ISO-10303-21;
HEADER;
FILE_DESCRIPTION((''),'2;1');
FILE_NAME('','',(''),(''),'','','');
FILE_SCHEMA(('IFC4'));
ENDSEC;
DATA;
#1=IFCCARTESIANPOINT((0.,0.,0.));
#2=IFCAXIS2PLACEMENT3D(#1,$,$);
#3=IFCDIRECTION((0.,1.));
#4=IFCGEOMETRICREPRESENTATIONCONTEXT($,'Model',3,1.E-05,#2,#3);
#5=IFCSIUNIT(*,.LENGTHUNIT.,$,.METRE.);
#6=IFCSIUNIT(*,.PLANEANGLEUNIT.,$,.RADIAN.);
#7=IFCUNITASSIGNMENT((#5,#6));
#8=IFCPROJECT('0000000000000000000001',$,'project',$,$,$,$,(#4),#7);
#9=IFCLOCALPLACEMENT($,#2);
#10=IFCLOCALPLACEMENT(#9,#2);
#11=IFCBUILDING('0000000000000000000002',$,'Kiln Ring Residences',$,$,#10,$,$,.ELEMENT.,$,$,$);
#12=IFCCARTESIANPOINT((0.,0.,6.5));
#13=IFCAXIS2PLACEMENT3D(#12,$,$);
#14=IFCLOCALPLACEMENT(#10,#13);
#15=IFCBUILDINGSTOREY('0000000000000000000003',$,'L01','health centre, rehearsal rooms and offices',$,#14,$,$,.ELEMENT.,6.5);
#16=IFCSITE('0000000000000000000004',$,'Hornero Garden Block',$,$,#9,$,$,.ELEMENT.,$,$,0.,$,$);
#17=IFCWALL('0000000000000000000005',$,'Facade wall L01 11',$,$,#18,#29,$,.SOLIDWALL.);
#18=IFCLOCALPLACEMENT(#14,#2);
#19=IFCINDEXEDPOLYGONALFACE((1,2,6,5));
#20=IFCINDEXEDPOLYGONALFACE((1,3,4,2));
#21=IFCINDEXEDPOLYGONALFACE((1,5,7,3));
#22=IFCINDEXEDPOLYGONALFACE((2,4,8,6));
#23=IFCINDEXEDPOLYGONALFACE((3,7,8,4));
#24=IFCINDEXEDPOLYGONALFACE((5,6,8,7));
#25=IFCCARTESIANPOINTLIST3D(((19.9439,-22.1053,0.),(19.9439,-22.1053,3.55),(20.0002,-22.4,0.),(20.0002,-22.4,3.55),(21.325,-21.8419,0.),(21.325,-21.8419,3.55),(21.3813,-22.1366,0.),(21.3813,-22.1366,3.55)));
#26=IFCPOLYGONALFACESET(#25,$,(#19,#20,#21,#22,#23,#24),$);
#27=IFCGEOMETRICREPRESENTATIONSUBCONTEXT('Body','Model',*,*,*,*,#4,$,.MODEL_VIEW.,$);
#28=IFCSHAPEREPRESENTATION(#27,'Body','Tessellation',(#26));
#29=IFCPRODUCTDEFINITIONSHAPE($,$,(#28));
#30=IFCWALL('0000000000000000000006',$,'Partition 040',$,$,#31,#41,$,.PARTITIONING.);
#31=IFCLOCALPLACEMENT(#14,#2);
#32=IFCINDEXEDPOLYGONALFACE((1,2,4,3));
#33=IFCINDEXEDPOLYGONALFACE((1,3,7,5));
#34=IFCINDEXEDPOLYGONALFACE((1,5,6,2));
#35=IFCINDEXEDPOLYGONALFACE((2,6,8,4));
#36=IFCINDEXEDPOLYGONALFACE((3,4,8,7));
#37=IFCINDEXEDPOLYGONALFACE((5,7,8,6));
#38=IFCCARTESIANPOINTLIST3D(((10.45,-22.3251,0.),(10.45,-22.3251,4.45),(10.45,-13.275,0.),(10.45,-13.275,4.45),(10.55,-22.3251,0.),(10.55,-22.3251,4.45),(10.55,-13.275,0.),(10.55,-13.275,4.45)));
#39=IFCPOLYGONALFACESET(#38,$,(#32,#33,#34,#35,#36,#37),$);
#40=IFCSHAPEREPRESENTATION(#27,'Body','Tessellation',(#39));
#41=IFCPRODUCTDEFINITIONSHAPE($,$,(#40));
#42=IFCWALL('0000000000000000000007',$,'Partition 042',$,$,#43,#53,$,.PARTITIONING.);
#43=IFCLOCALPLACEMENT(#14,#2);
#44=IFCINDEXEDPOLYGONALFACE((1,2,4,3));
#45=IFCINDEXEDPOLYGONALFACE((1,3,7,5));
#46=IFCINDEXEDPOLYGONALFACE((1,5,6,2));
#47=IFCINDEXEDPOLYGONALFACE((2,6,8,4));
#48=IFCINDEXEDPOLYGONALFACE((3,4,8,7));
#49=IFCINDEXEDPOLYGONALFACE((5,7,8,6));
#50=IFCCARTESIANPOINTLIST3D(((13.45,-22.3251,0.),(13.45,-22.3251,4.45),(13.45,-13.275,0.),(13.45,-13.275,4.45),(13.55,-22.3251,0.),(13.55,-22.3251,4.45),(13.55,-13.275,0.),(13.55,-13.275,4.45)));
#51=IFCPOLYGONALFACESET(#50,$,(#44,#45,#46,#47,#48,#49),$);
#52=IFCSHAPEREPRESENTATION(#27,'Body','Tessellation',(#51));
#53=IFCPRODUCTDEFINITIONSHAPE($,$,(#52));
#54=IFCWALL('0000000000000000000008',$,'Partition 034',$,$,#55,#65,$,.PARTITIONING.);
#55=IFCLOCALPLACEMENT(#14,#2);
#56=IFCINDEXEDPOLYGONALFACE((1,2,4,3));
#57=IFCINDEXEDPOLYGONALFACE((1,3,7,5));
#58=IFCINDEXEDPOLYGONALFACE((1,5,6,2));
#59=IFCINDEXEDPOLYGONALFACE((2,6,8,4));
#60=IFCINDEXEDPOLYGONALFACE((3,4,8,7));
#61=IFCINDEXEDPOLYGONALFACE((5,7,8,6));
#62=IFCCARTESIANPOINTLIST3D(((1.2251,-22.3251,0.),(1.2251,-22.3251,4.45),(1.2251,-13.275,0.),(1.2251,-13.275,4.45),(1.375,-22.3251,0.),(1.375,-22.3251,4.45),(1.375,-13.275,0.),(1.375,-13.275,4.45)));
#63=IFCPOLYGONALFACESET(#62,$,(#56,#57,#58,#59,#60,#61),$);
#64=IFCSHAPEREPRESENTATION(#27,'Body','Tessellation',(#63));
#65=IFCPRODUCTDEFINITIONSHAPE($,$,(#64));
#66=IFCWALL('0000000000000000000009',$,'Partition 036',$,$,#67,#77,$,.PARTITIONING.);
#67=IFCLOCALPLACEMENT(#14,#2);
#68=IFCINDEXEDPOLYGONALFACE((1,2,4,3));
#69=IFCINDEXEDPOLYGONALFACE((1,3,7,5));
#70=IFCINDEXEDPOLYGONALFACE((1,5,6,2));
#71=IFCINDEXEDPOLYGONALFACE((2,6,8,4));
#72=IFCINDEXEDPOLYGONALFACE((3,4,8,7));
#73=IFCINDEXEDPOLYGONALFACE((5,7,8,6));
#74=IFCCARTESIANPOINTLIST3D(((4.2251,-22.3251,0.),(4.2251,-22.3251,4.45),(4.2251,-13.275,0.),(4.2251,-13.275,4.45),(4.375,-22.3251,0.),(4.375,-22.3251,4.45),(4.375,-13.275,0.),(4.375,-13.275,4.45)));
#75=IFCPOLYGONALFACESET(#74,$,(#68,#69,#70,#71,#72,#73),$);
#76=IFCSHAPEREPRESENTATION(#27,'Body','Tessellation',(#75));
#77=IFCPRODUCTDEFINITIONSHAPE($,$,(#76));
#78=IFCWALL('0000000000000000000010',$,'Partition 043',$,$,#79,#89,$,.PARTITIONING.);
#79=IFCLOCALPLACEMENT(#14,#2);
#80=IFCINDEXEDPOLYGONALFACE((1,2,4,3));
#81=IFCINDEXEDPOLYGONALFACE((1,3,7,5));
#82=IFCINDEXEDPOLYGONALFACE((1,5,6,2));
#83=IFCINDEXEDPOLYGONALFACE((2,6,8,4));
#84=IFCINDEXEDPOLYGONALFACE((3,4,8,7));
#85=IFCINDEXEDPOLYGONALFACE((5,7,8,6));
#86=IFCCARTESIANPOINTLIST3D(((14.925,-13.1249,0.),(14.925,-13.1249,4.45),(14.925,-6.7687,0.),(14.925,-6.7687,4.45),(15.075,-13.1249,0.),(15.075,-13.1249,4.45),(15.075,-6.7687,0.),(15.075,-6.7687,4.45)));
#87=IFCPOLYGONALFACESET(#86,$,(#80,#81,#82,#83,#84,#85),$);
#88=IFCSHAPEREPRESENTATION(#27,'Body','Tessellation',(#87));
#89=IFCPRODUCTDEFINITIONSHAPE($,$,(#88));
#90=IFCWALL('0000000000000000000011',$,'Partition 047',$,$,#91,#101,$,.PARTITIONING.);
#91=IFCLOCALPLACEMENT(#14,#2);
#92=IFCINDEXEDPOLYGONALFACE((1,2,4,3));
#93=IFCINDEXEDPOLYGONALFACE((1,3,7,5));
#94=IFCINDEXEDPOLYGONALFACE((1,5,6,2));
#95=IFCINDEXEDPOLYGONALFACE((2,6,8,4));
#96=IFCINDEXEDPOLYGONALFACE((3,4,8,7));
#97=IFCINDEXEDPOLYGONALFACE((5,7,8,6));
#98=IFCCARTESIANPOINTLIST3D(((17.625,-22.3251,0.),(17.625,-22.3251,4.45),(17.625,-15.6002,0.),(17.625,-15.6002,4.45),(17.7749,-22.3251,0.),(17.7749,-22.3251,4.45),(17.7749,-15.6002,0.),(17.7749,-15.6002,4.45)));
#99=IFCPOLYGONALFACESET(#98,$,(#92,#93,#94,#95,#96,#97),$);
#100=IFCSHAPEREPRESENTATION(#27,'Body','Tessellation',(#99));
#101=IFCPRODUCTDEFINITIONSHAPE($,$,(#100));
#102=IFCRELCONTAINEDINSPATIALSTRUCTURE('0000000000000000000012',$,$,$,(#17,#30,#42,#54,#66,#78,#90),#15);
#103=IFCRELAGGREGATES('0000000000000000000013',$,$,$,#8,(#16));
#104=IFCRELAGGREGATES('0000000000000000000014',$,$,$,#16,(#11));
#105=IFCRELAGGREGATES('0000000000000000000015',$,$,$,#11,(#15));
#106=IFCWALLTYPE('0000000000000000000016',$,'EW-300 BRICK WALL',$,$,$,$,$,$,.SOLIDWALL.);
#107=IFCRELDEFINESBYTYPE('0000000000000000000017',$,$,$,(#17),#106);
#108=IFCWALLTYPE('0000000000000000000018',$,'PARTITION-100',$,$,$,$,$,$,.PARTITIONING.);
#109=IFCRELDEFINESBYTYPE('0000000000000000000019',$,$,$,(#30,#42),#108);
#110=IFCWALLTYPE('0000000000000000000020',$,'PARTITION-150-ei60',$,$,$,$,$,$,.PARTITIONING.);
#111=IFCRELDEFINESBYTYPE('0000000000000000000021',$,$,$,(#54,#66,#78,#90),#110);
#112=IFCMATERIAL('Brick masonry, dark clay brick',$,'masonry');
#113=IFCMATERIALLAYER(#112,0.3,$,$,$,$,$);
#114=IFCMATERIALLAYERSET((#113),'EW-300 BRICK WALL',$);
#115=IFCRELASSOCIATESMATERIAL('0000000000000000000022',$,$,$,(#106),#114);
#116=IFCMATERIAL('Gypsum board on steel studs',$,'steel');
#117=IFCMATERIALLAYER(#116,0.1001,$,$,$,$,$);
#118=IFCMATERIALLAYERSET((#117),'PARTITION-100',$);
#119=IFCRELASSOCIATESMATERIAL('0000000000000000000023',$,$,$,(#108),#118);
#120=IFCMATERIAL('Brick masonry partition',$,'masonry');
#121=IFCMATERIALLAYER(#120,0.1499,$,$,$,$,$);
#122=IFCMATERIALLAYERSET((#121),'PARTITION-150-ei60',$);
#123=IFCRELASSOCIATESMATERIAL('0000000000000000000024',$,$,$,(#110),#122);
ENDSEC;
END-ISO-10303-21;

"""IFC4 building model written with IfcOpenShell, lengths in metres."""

from ifc_helpers import new_model, si_unit, direction, frame, frame_2d, origin, place, context, subcontext, project, spatial, rectangle, extrude, material, layer, layer_set, type_object, element, save


model = new_model("IFC4")

# Units and contexts
model_context = context("Model", 3, precision=1e-05, world=origin(), true_north=direction((0.0, 1.0)))
body_context = subcontext(model_context, "Body", "Model", "MODEL_VIEW")
ifc_project = project(units=[si_unit("LENGTHUNIT", "METRE"), si_unit("PLANEANGLEUNIT", "RADIAN")], contexts=[model_context])

# Site, building, storey
site_placement = place(None, origin())
site = spatial("IfcSite", under=ifc_project, at=site_placement, Name="Hornero Garden Block", CompositionType="ELEMENT", RefElevation=0.0)
building_placement = place(site_placement, origin())
building = spatial("IfcBuilding", under=site, at=building_placement, Name="Kiln Ring Residences", CompositionType="ELEMENT")
storey_placement = place(building_placement, frame((0.0, 0.0, 6.5)))
storey = spatial("IfcBuildingStorey", under=building, at=storey_placement, Name="L01", Description="health centre, rehearsal rooms and offices", CompositionType="ELEMENT", Elevation=6.5)

# Shared definitions
ifc_material_1 = material(Name="Brick masonry, dark clay brick", Category="masonry")
ifc_layer_1 = layer(ifc_material_1, 0.3)
ifc_layer_set_1 = layer_set([ifc_layer_1], Name="EW-300 BRICK WALL")
wall_type_1 = type_object("IfcWallType", Name="EW-300 BRICK WALL", PredefinedType="SOLIDWALL", material=ifc_layer_set_1)

# Walls
wall_1_placement = place(storey_placement, frame((19.9719, -22.2527, 0.0), z_axis=(0.0, 0.0, 1.0), x_axis=(0.982291, 0.187359, 0.0)))
element("IfcWall", 1, at=wall_1_placement, inside=storey, type_object=wall_type_1, Name="Facade wall L01 11", PredefinedType="SOLIDWALL", context=body_context, shape_type="SweptSolid", body=[
    extrude(rectangle(XDim=1.406, YDim=0.3, at=frame_2d((0.7031, 0.0))), origin(), (0.0, 0.0, 1.0), 3.55),
])
ifc_material_2 = material(Name="Gypsum board on steel studs", Category="steel")
ifc_layer_2 = layer(ifc_material_2, 0.1001)
ifc_layer_set_2 = layer_set([ifc_layer_2], Name="PARTITION-100")
wall_type_2 = type_object("IfcWallType", Name="PARTITION-100", PredefinedType="PARTITIONING", material=ifc_layer_set_2)
for number, where, z_axis, x_axis, name in (
    (2, (10.5, -22.325, 0.0), (0.0, 0.0, 1.0), (0.0, 1.0, 0.0), "Partition 040"),
    (3, (13.5, -22.325, 0.0), (0.0, 0.0, 1.0), (0.0, 1.0, 0.0), "Partition 042"),
):
    element("IfcWall", number, at=place(storey_placement, frame(where, z_axis=z_axis, x_axis=x_axis)), inside=storey, type_object=wall_type_2, Name=name, PredefinedType="PARTITIONING", context=body_context, shape_type="SweptSolid", body=[
        extrude(rectangle(XDim=9.05, YDim=0.1001, at=frame_2d((4.5249, 0.0))), origin(), (0.0, 0.0, 1.0), 4.45),
    ])
ifc_material_3 = material(Name="Brick masonry partition", Category="masonry")
ifc_layer_3 = layer(ifc_material_3, 0.1499)
ifc_layer_set_3 = layer_set([ifc_layer_3], Name="PARTITION-150-ei60")
wall_type_3 = type_object("IfcWallType", Name="PARTITION-150-ei60", PredefinedType="PARTITIONING", material=ifc_layer_set_3)
for number, where, z_axis, x_axis, name in (
    (4, (1.3, -22.325, 0.0), (0.0, 0.0, 1.0), (0.0, 1.0, 0.0), "Partition 034"),
    (5, (4.3, -22.325, 0.0), (0.0, 0.0, 1.0), (0.0, 1.0, 0.0), "Partition 036"),
):
    element("IfcWall", number, at=place(storey_placement, frame(where, z_axis=z_axis, x_axis=x_axis)), inside=storey, type_object=wall_type_3, Name=name, PredefinedType="PARTITIONING", context=body_context, shape_type="SweptSolid", body=[
        extrude(rectangle(XDim=9.05, YDim=0.1499, at=frame_2d((4.5249, 0.0))), origin(), (0.0, 0.0, 1.0), 4.45),
    ])
wall_2_placement = place(storey_placement, frame((15.0, -13.125, 0.0), z_axis=(0.0, 0.0, 1.0), x_axis=(0.0, 1.0, 0.0)))
element("IfcWall", 6, at=wall_2_placement, inside=storey, type_object=wall_type_3, Name="Partition 043", PredefinedType="PARTITIONING", context=body_context, shape_type="SweptSolid", body=[
    extrude(rectangle(XDim=6.3562, YDim=0.1499, at=frame_2d((3.1782, 0.0))), origin(), (0.0, 0.0, 1.0), 4.45),
])
wall_3_placement = place(storey_placement, frame((17.7, -22.325, 0.0), z_axis=(0.0, 0.0, 1.0), x_axis=(0.0, 1.0, 0.0)))
element("IfcWall", 7, at=wall_3_placement, inside=storey, type_object=wall_type_3, Name="Partition 047", PredefinedType="PARTITIONING", context=body_context, shape_type="SweptSolid", body=[
    extrude(rectangle(XDim=6.7249, YDim=0.1499, at=frame_2d((3.3623, 0.0))), origin(), (0.0, 0.0, 1.0), 4.45),
])

save(model, "model.ifc")
